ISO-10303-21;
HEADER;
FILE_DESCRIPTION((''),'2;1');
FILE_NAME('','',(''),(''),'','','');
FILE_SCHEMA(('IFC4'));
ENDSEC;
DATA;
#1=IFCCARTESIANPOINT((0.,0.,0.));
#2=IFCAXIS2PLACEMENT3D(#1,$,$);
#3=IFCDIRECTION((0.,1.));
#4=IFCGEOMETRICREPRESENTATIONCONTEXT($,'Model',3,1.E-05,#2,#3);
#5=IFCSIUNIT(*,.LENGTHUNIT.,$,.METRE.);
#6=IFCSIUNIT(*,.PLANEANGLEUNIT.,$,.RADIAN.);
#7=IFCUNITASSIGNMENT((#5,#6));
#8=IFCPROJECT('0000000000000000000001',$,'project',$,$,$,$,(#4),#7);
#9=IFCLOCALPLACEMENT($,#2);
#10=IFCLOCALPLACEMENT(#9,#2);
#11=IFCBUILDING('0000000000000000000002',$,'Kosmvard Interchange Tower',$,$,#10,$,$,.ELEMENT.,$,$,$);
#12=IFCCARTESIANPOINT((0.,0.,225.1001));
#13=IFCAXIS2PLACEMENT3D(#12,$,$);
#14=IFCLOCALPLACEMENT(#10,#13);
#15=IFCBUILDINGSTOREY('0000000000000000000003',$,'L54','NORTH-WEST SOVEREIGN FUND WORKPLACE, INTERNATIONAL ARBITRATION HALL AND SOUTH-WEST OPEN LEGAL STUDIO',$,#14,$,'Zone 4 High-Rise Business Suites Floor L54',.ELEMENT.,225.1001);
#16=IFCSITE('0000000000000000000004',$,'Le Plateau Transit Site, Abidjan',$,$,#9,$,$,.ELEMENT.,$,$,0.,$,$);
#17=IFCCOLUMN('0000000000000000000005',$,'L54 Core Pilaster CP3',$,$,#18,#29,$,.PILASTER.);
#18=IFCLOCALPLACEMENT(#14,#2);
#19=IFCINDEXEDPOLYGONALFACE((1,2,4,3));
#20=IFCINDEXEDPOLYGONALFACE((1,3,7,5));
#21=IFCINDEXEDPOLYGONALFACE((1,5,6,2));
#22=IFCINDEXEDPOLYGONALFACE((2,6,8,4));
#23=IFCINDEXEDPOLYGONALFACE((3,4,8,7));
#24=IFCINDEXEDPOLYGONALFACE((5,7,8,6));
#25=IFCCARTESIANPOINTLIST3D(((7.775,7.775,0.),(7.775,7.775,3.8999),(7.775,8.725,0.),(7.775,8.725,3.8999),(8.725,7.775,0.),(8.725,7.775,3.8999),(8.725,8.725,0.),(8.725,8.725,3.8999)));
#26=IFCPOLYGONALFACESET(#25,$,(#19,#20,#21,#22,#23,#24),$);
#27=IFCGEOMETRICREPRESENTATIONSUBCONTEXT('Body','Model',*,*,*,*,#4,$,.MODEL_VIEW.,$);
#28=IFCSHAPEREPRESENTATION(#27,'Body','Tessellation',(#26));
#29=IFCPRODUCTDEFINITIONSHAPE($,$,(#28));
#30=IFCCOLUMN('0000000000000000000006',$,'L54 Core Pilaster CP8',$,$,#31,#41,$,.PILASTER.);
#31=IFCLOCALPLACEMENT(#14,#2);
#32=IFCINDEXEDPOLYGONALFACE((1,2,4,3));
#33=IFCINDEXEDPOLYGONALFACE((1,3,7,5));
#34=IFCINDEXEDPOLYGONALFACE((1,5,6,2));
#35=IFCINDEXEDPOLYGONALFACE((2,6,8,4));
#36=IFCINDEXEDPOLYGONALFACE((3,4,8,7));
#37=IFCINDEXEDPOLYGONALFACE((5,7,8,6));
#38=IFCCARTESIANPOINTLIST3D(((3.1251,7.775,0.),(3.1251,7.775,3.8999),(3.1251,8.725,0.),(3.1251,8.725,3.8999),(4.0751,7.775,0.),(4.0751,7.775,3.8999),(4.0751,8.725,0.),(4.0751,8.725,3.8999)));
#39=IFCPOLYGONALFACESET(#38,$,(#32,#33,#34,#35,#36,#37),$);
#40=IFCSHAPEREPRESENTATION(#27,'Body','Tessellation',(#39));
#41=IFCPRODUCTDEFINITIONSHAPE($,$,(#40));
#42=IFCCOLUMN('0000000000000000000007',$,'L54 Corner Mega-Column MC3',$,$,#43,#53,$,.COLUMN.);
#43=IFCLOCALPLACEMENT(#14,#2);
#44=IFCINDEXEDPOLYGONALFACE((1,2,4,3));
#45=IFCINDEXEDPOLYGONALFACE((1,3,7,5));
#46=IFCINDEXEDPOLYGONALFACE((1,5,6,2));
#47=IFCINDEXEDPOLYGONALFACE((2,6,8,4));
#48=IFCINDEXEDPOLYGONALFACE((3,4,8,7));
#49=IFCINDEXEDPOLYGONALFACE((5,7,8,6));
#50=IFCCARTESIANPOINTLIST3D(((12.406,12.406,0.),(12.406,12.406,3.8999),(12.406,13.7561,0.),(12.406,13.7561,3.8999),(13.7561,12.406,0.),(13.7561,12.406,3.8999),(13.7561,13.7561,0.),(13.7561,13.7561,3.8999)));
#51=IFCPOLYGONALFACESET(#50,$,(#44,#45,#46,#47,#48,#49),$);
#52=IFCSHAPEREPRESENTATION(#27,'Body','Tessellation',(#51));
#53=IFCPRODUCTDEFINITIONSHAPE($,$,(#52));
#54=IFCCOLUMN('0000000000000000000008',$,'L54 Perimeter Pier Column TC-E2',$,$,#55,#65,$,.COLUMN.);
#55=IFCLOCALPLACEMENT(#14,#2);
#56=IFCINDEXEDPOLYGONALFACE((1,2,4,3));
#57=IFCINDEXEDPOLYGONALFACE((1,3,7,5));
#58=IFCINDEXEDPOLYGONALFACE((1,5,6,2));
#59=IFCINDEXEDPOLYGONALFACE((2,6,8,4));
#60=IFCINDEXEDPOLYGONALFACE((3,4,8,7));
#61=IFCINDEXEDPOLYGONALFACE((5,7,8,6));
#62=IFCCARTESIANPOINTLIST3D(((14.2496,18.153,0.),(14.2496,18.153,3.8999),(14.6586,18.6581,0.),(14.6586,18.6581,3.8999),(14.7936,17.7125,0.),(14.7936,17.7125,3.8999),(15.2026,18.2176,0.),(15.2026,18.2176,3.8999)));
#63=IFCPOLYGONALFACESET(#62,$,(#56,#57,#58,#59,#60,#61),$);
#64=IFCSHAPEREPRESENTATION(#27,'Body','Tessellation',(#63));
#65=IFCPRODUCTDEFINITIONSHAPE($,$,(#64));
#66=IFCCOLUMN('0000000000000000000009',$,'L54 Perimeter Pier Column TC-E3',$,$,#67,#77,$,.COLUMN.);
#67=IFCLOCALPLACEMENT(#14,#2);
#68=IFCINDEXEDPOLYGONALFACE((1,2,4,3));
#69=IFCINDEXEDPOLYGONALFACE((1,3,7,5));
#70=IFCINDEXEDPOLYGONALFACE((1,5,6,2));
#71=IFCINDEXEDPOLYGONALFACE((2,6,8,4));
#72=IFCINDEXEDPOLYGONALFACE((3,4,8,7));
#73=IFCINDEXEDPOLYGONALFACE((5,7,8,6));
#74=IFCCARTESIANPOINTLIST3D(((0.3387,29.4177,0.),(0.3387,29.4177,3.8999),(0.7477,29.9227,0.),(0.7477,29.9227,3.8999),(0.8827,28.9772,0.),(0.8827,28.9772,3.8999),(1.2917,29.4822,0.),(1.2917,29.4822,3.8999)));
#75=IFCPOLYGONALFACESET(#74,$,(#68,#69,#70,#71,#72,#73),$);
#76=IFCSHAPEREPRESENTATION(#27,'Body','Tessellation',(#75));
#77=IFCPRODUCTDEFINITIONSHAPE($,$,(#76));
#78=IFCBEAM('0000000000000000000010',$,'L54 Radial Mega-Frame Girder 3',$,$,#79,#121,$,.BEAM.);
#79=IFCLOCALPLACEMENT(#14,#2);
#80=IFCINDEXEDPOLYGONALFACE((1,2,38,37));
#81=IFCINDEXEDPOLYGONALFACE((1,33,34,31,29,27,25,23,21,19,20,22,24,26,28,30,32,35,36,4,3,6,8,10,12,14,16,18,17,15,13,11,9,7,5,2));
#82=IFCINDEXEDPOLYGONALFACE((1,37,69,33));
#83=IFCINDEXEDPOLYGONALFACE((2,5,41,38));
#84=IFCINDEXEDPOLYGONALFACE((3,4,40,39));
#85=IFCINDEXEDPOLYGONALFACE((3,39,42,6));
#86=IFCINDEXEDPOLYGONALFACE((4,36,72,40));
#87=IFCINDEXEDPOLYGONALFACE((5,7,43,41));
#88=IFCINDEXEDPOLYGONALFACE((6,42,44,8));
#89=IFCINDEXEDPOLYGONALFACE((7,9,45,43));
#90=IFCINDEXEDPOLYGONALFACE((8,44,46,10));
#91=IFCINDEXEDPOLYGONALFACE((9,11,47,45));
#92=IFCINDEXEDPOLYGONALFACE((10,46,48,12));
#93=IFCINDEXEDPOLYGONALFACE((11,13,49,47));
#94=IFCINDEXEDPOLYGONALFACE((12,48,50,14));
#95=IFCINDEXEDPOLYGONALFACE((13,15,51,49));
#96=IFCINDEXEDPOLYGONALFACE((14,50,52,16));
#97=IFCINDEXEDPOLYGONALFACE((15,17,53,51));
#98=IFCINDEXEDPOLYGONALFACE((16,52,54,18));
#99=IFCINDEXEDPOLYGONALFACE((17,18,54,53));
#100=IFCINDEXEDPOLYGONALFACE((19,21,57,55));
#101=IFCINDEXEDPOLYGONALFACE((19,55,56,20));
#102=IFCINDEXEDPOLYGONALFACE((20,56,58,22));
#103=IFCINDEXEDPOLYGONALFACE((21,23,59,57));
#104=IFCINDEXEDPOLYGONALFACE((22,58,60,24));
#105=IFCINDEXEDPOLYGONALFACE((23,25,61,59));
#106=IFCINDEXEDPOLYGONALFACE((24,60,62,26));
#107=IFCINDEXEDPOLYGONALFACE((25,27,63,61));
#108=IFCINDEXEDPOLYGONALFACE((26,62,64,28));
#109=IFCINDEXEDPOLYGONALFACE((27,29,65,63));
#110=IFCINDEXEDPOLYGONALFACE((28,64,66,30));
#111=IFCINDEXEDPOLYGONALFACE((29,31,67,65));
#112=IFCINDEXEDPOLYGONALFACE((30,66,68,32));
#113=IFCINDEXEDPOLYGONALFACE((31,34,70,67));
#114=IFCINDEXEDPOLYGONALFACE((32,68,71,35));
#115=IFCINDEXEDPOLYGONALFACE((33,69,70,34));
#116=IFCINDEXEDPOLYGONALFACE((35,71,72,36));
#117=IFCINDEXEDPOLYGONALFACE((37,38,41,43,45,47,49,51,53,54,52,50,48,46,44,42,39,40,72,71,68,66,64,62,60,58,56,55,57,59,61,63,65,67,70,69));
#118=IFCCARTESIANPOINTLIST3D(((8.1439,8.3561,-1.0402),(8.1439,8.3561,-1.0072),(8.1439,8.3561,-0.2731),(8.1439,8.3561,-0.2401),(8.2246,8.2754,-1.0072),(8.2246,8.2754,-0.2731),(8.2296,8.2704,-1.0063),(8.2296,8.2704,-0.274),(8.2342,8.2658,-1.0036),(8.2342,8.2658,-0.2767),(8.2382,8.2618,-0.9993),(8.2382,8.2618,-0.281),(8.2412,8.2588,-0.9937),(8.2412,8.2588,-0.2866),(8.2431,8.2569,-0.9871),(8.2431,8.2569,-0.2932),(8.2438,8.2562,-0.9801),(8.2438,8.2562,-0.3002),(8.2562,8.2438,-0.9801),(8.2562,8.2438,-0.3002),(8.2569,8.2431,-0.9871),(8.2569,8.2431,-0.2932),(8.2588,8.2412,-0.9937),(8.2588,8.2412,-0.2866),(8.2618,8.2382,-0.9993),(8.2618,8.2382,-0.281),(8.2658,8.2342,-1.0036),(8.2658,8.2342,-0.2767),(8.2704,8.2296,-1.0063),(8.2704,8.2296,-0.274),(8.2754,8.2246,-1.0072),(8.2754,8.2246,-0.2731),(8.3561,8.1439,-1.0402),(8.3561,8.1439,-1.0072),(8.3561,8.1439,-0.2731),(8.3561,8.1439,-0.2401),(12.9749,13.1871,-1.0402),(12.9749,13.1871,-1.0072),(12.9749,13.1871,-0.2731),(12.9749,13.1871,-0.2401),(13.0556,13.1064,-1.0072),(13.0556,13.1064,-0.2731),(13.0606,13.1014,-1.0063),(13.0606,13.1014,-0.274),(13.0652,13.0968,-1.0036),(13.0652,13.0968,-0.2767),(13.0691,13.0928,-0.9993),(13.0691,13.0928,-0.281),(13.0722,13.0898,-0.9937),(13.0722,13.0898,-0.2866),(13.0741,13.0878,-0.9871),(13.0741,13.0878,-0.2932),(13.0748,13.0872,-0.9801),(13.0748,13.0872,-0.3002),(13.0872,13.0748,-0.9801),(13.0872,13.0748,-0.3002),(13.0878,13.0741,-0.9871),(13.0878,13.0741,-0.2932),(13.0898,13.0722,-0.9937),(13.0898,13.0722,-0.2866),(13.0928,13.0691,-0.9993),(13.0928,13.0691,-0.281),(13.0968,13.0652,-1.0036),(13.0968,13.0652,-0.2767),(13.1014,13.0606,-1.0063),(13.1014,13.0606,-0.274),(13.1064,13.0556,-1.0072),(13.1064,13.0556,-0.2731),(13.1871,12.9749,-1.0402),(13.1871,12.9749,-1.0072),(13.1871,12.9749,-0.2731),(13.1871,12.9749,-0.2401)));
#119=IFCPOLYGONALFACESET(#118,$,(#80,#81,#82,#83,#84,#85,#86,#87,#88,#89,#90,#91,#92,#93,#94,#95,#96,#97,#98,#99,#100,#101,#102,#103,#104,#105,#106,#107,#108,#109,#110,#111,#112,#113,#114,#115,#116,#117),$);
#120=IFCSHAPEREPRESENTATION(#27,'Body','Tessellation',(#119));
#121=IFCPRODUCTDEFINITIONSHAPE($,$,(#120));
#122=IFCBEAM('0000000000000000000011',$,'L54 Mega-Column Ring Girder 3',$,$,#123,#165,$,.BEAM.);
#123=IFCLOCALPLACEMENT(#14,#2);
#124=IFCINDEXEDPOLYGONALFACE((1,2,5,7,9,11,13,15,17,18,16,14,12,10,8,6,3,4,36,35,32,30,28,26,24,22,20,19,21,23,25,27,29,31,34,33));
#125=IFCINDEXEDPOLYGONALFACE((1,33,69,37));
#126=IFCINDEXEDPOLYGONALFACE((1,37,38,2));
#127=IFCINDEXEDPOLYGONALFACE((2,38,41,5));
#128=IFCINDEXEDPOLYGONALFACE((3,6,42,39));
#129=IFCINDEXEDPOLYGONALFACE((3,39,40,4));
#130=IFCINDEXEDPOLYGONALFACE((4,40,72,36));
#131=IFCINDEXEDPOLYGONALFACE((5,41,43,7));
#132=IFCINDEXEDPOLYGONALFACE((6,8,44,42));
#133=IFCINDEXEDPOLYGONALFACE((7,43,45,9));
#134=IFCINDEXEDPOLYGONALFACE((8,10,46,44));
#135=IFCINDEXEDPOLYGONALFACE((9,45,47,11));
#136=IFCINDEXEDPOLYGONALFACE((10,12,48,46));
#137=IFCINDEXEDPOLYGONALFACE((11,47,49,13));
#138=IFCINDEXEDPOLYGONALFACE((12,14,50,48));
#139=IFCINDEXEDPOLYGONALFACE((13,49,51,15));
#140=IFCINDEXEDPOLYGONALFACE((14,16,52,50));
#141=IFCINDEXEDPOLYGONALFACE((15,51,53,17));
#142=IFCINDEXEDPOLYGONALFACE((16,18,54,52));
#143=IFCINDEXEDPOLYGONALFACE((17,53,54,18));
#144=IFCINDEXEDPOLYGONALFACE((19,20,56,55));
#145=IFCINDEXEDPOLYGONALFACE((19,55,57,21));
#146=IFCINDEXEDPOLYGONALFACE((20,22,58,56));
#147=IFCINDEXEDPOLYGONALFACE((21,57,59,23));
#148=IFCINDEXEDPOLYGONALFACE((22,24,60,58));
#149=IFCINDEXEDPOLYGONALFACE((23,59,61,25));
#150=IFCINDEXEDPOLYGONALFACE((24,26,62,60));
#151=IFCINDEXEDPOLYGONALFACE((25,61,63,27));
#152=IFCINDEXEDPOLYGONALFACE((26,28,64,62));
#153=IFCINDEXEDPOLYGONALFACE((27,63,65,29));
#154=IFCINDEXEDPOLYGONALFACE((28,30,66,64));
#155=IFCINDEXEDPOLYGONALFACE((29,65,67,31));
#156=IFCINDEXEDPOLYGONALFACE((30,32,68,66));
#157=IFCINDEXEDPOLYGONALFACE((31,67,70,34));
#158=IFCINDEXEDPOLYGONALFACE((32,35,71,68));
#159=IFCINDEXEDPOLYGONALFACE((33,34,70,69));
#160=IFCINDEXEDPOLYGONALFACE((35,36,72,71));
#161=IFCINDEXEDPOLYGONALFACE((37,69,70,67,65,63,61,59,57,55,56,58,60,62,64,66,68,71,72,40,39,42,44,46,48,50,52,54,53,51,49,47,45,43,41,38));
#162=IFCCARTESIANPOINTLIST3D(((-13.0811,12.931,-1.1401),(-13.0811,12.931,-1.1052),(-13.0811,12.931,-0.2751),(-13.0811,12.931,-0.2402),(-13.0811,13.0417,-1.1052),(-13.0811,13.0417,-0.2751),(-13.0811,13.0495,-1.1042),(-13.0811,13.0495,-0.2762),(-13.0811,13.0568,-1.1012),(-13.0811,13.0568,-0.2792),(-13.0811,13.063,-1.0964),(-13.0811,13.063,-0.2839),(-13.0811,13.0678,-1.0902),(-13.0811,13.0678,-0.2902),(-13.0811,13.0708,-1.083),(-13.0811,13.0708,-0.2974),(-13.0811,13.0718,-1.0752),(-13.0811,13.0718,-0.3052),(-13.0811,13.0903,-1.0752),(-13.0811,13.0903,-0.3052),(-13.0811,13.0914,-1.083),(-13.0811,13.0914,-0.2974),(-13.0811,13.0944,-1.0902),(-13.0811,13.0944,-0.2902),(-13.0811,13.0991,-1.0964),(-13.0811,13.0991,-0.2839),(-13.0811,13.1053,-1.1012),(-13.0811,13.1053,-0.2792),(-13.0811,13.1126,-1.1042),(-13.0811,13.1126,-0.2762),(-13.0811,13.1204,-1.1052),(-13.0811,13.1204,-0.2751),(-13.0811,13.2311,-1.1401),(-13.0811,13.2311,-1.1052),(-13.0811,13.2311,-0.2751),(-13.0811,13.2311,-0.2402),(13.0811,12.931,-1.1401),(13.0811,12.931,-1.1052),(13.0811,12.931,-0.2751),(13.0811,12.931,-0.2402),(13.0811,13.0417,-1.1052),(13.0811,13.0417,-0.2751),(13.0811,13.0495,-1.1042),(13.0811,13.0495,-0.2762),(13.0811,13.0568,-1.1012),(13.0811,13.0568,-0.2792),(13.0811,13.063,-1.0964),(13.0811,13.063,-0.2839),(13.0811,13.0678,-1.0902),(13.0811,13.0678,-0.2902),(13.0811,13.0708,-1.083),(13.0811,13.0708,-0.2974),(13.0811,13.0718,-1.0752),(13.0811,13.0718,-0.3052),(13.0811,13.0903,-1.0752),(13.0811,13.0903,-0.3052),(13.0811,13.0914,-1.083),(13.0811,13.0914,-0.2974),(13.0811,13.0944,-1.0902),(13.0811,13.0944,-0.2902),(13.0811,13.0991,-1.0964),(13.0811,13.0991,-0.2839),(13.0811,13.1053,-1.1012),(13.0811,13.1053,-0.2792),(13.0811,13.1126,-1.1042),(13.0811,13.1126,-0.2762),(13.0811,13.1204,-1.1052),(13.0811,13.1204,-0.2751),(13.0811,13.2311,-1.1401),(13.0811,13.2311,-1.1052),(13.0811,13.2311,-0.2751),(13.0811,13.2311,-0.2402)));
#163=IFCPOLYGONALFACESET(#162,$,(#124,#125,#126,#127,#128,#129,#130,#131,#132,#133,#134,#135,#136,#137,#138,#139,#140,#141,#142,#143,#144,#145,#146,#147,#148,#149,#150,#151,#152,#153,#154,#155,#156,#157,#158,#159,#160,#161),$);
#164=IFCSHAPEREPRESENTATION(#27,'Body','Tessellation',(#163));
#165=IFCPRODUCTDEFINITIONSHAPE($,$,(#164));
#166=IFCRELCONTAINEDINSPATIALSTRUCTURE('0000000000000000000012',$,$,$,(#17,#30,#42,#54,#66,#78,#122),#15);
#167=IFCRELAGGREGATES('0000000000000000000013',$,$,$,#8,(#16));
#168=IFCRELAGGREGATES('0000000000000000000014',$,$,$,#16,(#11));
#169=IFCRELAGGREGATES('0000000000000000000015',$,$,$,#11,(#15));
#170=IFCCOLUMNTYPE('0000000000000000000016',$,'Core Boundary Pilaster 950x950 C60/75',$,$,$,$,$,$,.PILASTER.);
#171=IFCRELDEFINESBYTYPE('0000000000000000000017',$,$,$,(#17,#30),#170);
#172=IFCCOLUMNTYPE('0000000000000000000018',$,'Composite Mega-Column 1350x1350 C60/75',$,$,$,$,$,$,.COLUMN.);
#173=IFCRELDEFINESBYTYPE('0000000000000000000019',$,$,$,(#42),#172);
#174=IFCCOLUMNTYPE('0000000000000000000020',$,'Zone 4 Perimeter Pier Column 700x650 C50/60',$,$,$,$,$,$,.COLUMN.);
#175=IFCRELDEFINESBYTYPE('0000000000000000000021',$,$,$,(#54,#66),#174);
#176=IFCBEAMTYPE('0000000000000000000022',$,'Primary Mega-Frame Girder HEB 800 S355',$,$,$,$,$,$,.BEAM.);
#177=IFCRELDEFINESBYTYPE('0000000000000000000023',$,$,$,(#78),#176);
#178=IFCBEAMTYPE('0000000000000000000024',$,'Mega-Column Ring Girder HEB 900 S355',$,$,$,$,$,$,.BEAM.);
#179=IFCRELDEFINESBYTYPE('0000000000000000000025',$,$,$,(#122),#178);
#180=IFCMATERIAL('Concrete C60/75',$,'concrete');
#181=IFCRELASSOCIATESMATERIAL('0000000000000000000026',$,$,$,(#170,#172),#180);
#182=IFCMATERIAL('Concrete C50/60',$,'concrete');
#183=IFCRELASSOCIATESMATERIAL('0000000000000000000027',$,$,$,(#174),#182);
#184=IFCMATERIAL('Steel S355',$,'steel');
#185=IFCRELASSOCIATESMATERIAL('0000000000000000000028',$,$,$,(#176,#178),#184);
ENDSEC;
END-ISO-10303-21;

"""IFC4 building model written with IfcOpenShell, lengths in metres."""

from ifc_helpers import new_model, si_unit, direction, frame, origin, origin_2d, place, context, subcontext, project, spatial, rectangle, i_section, extrude, source, transform, mapped, material, material_profile, profile_set, type_object, element, save


model = new_model("IFC4")

# Units and contexts
model_context = context("Model", 3, precision=1e-05, world=origin(), true_north=direction((0.0, 1.0)))
body_context = subcontext(model_context, "Body", "Model", "MODEL_VIEW")
ifc_project = project(units=[si_unit("LENGTHUNIT", "METRE"), si_unit("PLANEANGLEUNIT", "RADIAN")], contexts=[model_context])

# Site, building, storey
site_placement = place(None, origin())
site = spatial("IfcSite", under=ifc_project, at=site_placement, Name="Le Plateau Transit Site, Abidjan", CompositionType="ELEMENT", RefElevation=0.0)
building_placement = place(site_placement, origin())
building = spatial("IfcBuilding", under=site, at=building_placement, Name="Kosmvard Interchange Tower", CompositionType="ELEMENT")
storey_placement = place(building_placement, frame((0.0, 0.0, 225.1001)))
storey = spatial("IfcBuildingStorey", under=building, at=storey_placement, Name="L54", Description="NORTH-WEST SOVEREIGN FUND WORKPLACE, INTERNATIONAL ARBITRATION HALL AND SOUTH-WEST OPEN LEGAL STUDIO", LongName="Zone 4 High-Rise Business Suites Floor L54", CompositionType="ELEMENT", Elevation=225.1001)

# Columns
ifc_material_1 = material(Name="Concrete C60/75", Category="concrete")
ifc_material_profile_1 = material_profile(ifc_material_1, rectangle(XDim=0.95, YDim=0.95, at=origin_2d()), Name="CP 950x950")
ifc_profile_set_1 = profile_set([ifc_material_profile_1], Name="Concrete C60/75")
column_type_1 = type_object("IfcColumnType", Name="Core Boundary Pilaster 950x950 C60/75", PredefinedType="PILASTER", material=ifc_profile_set_1)
shared_shape_1 = source(origin(), body_context, "Body", "SweptSolid", [
    extrude(rectangle(XDim=0.95, YDim=0.95, at=origin_2d()), origin(), (0.0, 0.0, 1.0), 3.8999),
])
for number, where, z_axis, x_axis, name in (
    (1, (8.25, 8.25, 0.0), (0.0, 0.0, 1.0), (1.0, 0.0, 0.0), "L54 Core Pilaster CP3"),
    (2, (3.6001, 8.25, 0.0), (0.0, 0.0, 1.0), (1.0, 0.0, 0.0), "L54 Core Pilaster CP8"),
):
    element("IfcColumn", number, at=place(storey_placement, frame(where, z_axis=z_axis, x_axis=x_axis)), inside=storey, type_object=column_type_1, Name=name, PredefinedType="PILASTER", context=body_context, shape_type="MappedRepresentation", body=[
        mapped(shared_shape_1, transform((0.0, 0.0, 0.0), scale=1.0)),
    ])
ifc_material_profile_2 = material_profile(ifc_material_1, rectangle(XDim=1.3501, YDim=1.3501, at=origin_2d()), Name="MC 1350x1350")
ifc_profile_set_2 = profile_set([ifc_material_profile_2], Name="Concrete C60/75")
column_type_2 = type_object("IfcColumnType", Name="Composite Mega-Column 1350x1350 C60/75", PredefinedType="COLUMN", material=ifc_profile_set_2)
shared_shape_2 = source(origin(), body_context, "Body", "SweptSolid", [
    extrude(rectangle(XDim=1.3501, YDim=1.3501, at=origin_2d()), origin(), (0.0, 0.0, 1.0), 3.8999),
])
column_placement = place(storey_placement, frame((13.0811, 13.0811, 0.0), z_axis=(0.0, 0.0, 1.0), x_axis=(1.0, 0.0, 0.0)))
element("IfcColumn", 3, at=column_placement, inside=storey, type_object=column_type_2, Name="L54 Corner Mega-Column MC3", PredefinedType="COLUMN", context=body_context, shape_type="MappedRepresentation", body=[
    mapped(shared_shape_2, transform((0.0, 0.0, 0.0), scale=1.0)),
])
ifc_material_2 = material(Name="Concrete C50/60", Category="concrete")
ifc_material_profile_3 = material_profile(ifc_material_2, rectangle(XDim=0.6499, YDim=0.7, at=origin_2d()), Name="TC 700x650")
ifc_profile_set_3 = profile_set([ifc_material_profile_3], Name="Concrete C50/60")
column_type_3 = type_object("IfcColumnType", Name="Zone 4 Perimeter Pier Column 700x650 C50/60", PredefinedType="COLUMN", material=ifc_profile_set_3)
shared_shape_3 = source(origin(), body_context, "Body", "SweptSolid", [
    extrude(rectangle(XDim=0.6499, YDim=0.7, at=origin_2d()), origin(), (0.0, 0.0, 1.0), 3.8999),
])
for number, where, z_axis, x_axis, name in (
    (4, (14.7261, 18.1853, 0.0), (0.0, 0.0, 1.0), (0.62932, 0.777146, 0.0), "L54 Perimeter Pier Column TC-E2"),
    (5, (0.8152, 29.45, 0.0), (0.0, 0.0, 1.0), (0.62932, 0.777146, 0.0), "L54 Perimeter Pier Column TC-E3"),
):
    element("IfcColumn", number, at=place(storey_placement, frame(where, z_axis=z_axis, x_axis=x_axis)), inside=storey, type_object=column_type_3, Name=name, PredefinedType="COLUMN", context=body_context, shape_type="MappedRepresentation", body=[
        mapped(shared_shape_3, transform((0.0, 0.0, 0.0), scale=1.0)),
    ])

# Beams
ifc_material_3 = material(Name="Steel S355", Category="steel")
ifc_material_profile_4 = material_profile(ifc_material_3, i_section(OverallWidth=0.3, OverallDepth=0.8, WebThickness=0.0176, FlangeThickness=0.033, FilletRadius=0.0271, at=origin_2d()), Name="HEB 800")
ifc_profile_set_4 = profile_set([ifc_material_profile_4], Name="Steel S355")
beam_type_1 = type_object("IfcBeamType", Name="Primary Mega-Frame Girder HEB 800 S355", PredefinedType="BEAM", material=ifc_profile_set_4)
shared_shape_4 = source(origin(), body_context, "Body", "SweptSolid", [
    extrude(i_section(OverallWidth=0.3, OverallDepth=0.8, WebThickness=0.0176, FlangeThickness=0.033, FilletRadius=0.0271, at=origin_2d()), origin(), (0.0, 0.0, 1.0), 6.832),
])
beam_1_placement = place(storey_placement, frame((8.25, 8.25, -0.6401), z_axis=(0.707107, 0.707107, 0.0), x_axis=(-0.707107, 0.707107, 0.0)))
element("IfcBeam", 6, at=beam_1_placement, inside=storey, type_object=beam_type_1, Name="L54 Radial Mega-Frame Girder 3", PredefinedType="BEAM", context=body_context, shape_type="MappedRepresentation", body=[
    mapped(shared_shape_4, transform((0.0, 0.0, 0.0), scale=1.0)),
])
ifc_material_profile_5 = material_profile(ifc_material_3, i_section(OverallWidth=0.3, OverallDepth=0.8999, WebThickness=0.0186, FlangeThickness=0.0349, FilletRadius=0.03, at=origin_2d()), Name="HEB 900")
ifc_profile_set_5 = profile_set([ifc_material_profile_5], Name="Steel S355")
beam_type_2 = type_object("IfcBeamType", Name="Mega-Column Ring Girder HEB 900 S355", PredefinedType="BEAM", material=ifc_profile_set_5)
shared_shape_5 = source(origin(), body_context, "Body", "SweptSolid", [
    extrude(i_section(OverallWidth=0.3, OverallDepth=0.8999, WebThickness=0.0186, FlangeThickness=0.0349, FilletRadius=0.03, at=origin_2d()), origin(), (0.0, 0.0, 1.0), 26.1621),
])
beam_2_placement = place(storey_placement, frame((13.0811, 13.0811, -0.6902), z_axis=(-1.0, 0.0, 0.0), x_axis=(0.0, -1.0, 0.0)))
element("IfcBeam", 7, at=beam_2_placement, inside=storey, type_object=beam_type_2, Name="L54 Mega-Column Ring Girder 3", PredefinedType="BEAM", context=body_context, shape_type="MappedRepresentation", body=[
    mapped(shared_shape_5, transform((0.0, 0.0, 0.0), scale=1.0)),
])

save(model, "model.ifc")
